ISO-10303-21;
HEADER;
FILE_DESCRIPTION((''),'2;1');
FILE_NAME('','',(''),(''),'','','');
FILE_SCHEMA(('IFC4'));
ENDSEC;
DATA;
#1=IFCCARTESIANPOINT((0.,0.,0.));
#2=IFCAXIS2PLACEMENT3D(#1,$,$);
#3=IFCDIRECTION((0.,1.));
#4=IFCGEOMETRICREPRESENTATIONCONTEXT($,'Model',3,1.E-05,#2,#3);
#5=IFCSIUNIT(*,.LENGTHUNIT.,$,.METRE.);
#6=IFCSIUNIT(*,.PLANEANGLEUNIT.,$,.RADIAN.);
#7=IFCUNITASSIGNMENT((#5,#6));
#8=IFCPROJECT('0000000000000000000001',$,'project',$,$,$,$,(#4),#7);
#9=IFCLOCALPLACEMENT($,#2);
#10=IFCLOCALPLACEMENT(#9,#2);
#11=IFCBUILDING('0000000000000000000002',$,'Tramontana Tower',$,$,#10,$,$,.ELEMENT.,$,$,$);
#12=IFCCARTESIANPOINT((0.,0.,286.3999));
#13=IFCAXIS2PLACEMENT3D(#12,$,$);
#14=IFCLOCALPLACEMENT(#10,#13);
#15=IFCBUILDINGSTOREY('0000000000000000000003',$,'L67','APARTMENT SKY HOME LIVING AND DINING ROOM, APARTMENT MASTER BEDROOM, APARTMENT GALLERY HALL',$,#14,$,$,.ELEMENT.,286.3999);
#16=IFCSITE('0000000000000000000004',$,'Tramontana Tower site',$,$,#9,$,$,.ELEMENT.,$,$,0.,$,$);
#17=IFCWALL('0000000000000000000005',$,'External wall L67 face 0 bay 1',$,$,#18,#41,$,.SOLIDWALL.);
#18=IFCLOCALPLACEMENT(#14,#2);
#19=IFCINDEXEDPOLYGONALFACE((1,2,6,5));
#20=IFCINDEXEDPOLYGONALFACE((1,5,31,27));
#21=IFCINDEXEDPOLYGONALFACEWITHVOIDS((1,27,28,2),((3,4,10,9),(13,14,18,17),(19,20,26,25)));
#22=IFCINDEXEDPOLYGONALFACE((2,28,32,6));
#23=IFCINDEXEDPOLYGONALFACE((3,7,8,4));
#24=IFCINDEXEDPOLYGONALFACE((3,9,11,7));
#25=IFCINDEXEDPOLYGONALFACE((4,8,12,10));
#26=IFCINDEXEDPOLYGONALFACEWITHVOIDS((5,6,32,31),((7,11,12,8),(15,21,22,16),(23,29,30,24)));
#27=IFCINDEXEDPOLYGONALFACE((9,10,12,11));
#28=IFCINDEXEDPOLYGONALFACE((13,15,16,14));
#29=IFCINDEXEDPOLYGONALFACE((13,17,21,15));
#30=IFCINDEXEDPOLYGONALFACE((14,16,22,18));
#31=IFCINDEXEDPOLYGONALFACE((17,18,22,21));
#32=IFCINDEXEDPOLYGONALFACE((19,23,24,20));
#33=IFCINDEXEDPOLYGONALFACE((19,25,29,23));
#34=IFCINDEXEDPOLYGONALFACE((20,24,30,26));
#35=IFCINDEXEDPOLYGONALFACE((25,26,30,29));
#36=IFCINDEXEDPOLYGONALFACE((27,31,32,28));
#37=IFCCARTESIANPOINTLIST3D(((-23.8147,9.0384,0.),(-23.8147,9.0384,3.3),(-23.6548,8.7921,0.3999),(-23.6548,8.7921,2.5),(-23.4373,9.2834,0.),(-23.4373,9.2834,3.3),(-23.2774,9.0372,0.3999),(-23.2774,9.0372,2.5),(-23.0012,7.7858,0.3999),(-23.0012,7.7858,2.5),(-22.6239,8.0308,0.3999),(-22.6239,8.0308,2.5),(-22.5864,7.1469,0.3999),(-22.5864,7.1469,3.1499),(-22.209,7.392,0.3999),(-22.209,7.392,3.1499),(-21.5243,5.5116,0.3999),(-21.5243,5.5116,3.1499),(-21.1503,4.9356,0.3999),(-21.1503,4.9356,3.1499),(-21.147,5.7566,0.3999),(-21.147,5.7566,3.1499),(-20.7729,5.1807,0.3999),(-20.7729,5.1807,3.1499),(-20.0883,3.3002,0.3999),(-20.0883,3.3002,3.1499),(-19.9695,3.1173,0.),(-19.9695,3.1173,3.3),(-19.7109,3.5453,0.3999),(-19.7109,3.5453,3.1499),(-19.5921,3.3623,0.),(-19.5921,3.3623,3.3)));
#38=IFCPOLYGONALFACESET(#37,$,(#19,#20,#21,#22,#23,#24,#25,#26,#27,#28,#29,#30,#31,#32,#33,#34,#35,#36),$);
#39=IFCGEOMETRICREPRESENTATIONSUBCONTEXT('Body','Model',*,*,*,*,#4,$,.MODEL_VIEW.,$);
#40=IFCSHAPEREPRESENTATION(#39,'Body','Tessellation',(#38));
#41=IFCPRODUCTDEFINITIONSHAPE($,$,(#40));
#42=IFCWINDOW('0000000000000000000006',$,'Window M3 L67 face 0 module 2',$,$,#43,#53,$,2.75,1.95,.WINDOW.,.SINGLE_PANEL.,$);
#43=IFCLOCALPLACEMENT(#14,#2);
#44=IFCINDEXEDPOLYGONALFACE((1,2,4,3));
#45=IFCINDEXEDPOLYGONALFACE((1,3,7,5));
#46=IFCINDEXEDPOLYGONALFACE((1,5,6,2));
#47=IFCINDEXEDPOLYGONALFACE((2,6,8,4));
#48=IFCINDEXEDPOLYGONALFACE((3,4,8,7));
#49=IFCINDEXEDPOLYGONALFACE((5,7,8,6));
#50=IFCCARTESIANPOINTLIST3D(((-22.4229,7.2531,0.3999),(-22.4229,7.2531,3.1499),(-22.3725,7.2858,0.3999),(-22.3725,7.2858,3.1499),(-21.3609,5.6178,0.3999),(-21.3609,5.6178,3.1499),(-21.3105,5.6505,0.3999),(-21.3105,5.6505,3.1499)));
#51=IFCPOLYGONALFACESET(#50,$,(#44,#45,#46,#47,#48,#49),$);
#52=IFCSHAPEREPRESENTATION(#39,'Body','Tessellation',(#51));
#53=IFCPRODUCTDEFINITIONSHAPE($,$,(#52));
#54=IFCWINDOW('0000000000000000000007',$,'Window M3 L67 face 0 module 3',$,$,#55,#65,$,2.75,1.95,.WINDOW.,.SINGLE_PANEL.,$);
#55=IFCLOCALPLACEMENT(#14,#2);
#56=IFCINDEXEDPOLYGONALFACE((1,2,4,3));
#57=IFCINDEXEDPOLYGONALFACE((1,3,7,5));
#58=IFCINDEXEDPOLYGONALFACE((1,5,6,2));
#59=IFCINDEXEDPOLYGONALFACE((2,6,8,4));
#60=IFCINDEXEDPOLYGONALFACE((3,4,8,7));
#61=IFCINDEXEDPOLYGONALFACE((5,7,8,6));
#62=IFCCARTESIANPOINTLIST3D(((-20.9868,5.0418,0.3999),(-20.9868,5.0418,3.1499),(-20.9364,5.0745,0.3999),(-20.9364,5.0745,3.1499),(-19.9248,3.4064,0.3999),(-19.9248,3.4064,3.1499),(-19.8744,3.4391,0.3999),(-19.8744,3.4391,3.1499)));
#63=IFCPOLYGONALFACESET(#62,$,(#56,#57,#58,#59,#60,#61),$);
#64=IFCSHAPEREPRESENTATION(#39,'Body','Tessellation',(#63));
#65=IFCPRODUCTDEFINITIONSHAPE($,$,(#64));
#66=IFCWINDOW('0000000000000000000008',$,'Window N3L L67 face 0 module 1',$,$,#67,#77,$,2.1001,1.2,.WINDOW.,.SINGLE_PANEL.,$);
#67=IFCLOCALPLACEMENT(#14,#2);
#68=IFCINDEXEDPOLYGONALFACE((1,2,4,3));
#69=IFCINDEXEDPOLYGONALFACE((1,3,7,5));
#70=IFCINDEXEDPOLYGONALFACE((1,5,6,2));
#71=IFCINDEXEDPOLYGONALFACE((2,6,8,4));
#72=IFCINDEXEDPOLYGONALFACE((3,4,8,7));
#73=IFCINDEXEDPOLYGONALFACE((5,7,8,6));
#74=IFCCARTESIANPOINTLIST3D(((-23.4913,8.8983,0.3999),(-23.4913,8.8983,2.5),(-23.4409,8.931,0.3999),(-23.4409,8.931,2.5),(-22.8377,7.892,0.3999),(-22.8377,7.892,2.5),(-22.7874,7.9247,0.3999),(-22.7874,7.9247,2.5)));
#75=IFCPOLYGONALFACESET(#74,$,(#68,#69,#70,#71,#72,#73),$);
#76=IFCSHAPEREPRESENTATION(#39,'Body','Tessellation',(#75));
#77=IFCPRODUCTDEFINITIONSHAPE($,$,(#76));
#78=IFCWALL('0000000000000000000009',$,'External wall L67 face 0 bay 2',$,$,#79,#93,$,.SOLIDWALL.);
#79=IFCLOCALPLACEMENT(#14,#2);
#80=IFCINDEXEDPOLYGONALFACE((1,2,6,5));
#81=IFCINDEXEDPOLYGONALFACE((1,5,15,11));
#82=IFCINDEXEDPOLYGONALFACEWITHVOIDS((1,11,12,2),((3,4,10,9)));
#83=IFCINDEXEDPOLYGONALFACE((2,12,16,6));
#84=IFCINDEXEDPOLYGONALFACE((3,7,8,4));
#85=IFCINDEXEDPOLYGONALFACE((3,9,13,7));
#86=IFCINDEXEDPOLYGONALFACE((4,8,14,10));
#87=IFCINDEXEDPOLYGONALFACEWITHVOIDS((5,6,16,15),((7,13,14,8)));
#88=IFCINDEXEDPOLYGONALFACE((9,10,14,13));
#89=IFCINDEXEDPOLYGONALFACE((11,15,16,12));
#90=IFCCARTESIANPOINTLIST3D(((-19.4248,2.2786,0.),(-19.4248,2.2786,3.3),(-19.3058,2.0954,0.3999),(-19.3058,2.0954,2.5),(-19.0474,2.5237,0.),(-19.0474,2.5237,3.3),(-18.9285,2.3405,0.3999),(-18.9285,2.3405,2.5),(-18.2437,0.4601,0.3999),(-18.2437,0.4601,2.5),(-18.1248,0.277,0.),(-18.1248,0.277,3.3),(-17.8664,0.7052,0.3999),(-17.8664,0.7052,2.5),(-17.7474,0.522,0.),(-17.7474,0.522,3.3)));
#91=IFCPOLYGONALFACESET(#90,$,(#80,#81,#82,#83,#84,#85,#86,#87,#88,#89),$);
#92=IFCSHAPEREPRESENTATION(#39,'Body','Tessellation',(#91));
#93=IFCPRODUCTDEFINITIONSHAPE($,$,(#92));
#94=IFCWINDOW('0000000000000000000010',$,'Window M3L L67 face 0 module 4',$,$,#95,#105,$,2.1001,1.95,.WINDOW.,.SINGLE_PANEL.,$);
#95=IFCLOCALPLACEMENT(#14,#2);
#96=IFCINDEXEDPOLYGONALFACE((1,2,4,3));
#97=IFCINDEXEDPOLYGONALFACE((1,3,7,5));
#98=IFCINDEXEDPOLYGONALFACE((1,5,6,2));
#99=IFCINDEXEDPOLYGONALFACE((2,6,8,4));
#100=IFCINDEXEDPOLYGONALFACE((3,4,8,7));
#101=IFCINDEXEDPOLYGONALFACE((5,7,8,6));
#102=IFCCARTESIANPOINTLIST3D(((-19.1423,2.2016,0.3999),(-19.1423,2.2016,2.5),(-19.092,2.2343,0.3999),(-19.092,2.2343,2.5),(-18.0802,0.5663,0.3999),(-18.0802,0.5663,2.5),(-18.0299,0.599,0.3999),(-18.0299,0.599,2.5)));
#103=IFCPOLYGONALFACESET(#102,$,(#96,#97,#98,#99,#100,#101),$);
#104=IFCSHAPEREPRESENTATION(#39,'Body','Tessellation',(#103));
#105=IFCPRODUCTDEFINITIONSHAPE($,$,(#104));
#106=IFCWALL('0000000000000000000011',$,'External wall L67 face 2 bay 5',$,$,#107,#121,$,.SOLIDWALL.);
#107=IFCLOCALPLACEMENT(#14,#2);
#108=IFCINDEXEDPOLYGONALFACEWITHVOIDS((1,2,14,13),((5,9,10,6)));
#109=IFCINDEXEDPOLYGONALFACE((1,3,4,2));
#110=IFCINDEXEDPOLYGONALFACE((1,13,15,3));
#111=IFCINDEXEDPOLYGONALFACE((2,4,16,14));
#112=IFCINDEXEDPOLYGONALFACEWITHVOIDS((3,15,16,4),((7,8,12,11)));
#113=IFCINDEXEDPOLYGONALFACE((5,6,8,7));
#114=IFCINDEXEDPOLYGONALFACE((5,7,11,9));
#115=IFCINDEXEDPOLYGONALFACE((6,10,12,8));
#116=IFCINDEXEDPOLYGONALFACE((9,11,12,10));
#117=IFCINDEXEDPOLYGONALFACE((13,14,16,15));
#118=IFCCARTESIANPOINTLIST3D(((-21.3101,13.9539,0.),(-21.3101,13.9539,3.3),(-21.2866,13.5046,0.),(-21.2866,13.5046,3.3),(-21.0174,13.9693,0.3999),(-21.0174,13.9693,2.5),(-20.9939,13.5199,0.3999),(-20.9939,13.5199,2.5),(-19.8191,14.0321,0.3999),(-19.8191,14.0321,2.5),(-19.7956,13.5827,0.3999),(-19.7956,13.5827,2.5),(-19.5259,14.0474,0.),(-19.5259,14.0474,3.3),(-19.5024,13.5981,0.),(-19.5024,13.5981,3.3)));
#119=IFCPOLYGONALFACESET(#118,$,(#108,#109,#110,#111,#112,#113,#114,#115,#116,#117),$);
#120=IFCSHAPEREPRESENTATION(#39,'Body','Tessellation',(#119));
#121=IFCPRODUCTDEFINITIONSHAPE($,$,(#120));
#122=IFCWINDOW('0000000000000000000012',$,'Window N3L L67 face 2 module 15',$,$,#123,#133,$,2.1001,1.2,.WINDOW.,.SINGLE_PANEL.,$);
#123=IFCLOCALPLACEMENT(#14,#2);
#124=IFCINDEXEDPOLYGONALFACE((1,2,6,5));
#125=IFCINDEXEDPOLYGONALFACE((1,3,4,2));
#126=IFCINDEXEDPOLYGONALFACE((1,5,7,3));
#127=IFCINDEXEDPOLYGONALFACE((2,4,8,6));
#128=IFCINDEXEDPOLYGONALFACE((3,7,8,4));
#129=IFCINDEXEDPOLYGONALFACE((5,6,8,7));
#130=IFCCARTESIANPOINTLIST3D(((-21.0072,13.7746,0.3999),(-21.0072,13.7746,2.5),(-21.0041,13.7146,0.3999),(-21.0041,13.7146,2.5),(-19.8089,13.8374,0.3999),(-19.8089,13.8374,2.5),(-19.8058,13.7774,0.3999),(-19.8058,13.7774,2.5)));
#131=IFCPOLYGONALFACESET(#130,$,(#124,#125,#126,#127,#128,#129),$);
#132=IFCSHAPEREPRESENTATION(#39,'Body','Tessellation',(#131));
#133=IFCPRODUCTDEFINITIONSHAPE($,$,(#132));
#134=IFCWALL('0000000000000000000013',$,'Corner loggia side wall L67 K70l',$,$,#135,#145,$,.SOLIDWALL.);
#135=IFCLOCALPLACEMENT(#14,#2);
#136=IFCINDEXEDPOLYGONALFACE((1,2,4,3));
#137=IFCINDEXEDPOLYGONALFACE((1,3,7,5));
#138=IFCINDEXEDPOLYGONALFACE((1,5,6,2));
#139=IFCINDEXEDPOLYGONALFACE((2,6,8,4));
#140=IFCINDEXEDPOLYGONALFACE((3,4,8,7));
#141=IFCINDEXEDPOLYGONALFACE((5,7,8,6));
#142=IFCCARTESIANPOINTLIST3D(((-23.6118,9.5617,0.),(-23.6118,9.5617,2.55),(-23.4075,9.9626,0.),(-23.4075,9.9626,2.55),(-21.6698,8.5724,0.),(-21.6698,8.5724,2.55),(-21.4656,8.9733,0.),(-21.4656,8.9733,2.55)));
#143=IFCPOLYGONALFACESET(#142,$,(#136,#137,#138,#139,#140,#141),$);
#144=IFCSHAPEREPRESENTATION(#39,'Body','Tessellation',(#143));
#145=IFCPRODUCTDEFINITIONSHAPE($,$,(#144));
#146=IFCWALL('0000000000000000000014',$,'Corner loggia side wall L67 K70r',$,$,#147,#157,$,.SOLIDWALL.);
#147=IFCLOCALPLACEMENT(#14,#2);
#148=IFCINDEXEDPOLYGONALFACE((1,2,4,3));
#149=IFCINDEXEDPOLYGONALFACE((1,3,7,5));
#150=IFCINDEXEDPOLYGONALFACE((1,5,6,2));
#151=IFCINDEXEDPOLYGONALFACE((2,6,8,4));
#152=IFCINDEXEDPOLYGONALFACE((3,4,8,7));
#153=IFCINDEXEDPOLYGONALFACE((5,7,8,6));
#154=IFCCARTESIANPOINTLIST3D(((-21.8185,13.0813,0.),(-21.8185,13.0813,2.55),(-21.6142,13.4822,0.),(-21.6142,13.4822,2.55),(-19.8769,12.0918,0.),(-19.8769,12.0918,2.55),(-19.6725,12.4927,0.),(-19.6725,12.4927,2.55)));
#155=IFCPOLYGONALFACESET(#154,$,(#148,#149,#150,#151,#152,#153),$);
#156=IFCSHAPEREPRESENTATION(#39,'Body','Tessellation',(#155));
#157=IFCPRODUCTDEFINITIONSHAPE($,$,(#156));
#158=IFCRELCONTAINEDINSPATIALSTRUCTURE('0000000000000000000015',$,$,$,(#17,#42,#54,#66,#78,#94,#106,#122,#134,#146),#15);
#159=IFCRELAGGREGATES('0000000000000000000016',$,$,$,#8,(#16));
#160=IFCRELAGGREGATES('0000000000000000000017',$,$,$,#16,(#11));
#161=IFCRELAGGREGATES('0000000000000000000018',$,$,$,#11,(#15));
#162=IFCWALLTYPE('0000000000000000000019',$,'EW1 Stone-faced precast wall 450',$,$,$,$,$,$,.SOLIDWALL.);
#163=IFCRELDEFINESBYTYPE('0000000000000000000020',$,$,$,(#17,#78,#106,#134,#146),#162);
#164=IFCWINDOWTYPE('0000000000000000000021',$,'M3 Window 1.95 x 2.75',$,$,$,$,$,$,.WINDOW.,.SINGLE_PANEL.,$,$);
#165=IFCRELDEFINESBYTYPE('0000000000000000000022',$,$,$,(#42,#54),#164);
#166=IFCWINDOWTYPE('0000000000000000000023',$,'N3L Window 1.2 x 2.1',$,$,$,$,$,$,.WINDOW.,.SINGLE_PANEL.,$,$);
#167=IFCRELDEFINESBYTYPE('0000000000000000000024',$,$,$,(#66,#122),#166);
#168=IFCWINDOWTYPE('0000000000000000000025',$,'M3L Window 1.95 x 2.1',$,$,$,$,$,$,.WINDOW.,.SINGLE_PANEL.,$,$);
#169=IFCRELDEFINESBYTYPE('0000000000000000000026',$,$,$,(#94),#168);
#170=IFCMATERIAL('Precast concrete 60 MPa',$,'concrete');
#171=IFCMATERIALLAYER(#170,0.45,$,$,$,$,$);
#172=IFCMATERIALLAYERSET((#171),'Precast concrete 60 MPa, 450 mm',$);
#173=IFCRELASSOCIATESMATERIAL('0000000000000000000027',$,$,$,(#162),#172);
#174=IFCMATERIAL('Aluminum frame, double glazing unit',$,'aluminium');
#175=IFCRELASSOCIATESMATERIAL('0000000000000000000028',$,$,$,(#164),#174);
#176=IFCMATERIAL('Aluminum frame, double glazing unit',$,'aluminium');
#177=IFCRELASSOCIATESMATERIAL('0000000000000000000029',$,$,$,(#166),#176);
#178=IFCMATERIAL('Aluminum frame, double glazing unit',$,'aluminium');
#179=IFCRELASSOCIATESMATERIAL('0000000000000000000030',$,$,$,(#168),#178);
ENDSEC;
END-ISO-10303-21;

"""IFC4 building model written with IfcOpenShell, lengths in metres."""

from ifc_helpers import new_model, si_unit, direction, frame, frame_2d, origin, place, context, subcontext, project, spatial, rectangle, extrude, material, layer, layer_set, type_object, element, fill, save


model = new_model("IFC4")

# Units and contexts
model_context = context("Model", 3, precision=1e-05, world=origin(), true_north=direction((0.0, 1.0)))
body_context = subcontext(model_context, "Body", "Model", "MODEL_VIEW")
ifc_project = project(units=[si_unit("LENGTHUNIT", "METRE"), si_unit("PLANEANGLEUNIT", "RADIAN")], contexts=[model_context])

# Site, building, storey
site_placement = place(None, origin())
site = spatial("IfcSite", under=ifc_project, at=site_placement, Name="Tramontana Tower site", CompositionType="ELEMENT", RefElevation=0.0)
building_placement = place(site_placement, origin())
building = spatial("IfcBuilding", under=site, at=building_placement, Name="Tramontana Tower", CompositionType="ELEMENT")
storey_placement = place(building_placement, frame((0.0, 0.0, 286.3999)))
storey = spatial("IfcBuildingStorey", under=building, at=storey_placement, Name="L67", Description="APARTMENT SKY HOME LIVING AND DINING ROOM, APARTMENT MASTER BEDROOM, APARTMENT GALLERY HALL", CompositionType="ELEMENT", Elevation=286.3999)

# Wall, openings, windows
ifc_material_1 = material(Name="Precast concrete 60 MPa", Category="concrete")
ifc_layer_1 = layer(ifc_material_1, 0.45)
ifc_layer_set_1 = layer_set([ifc_layer_1], Name="Precast concrete 60 MPa, 450 mm")
wall_type_1 = type_object("IfcWallType", Name="EW1 Stone-faced precast wall 450", PredefinedType="SOLIDWALL", material=ifc_layer_set_1)
wall_1_placement = place(storey_placement, frame((-23.626, 9.1609, 0.0), z_axis=(0.0, 0.0, 1.0), x_axis=(0.544637, -0.838672, 0.0)))
wall_1 = element("IfcWall", 1, at=wall_1_placement, inside=storey, type_object=wall_type_1, Name="External wall L67 face 0 bay 1", PredefinedType="SOLIDWALL", context=body_context, shape_type="SweptSolid", body=[
    extrude(rectangle(XDim=7.0601, YDim=0.45, at=frame_2d((3.53, 0.0))), origin(), (0.0, 0.0, 1.0), 3.3),
])
opening_1_placement = place(wall_1_placement, frame((0.2935, 0.0, 0.3999)))
opening_1 = element("IfcOpeningElement", 2, at=opening_1_placement, cuts=wall_1, PredefinedType="OPENING", context=body_context, shape_type="SweptSolid", body=[
    extrude(rectangle(XDim=1.2, YDim=2.1001, at=frame_2d((0.6001, 1.05))), frame((0.0, 0.2349, 0.0), z_axis=(0.0, -1.0, 0.0), x_axis=(1.0, 0.0, 0.0)), (0.0, 0.0, 1.0), 0.47),
])
opening_2_placement = place(wall_1_placement, frame((2.2551, 0.0, 0.3999)))
opening_2 = element("IfcOpeningElement", 3, at=opening_2_placement, cuts=wall_1, PredefinedType="OPENING", context=body_context, shape_type="SweptSolid", body=[
    extrude(rectangle(XDim=1.95, YDim=2.75, at=frame_2d((0.9751, 1.375))), frame((0.0, 0.2349, 0.0), z_axis=(0.0, -1.0, 0.0), x_axis=(1.0, 0.0, 0.0)), (0.0, 0.0, 1.0), 0.47),
])
opening_3_placement = place(wall_1_placement, frame((4.8918, 0.0, 0.3999)))
opening_3 = element("IfcOpeningElement", 4, at=opening_3_placement, cuts=wall_1, PredefinedType="OPENING", context=body_context, shape_type="SweptSolid", body=[
    extrude(rectangle(XDim=1.95, YDim=2.75, at=frame_2d((0.9751, 1.375))), frame((0.0, 0.2349, 0.0), z_axis=(0.0, -1.0, 0.0), x_axis=(1.0, 0.0, 0.0)), (0.0, 0.0, 1.0), 0.47),
])
ifc_material_2 = material(Name="Aluminum frame, double glazing unit", Category="aluminium")
window_type_1 = type_object("IfcWindowType", Name="M3 Window 1.95 x 2.75", PartitioningType="SINGLE_PANEL", PredefinedType="WINDOW", material=ifc_material_2)
window_1_placement = place(opening_2_placement, origin())
window_1 = element("IfcWindow", 5, at=window_1_placement, inside=storey, type_object=window_type_1, Name="Window M3 L67 face 0 module 2", OverallHeight=2.75, OverallWidth=1.95, PartitioningType="SINGLE_PANEL", PredefinedType="WINDOW", context=body_context, shape_type="SweptSolid", body=[
    extrude(rectangle(XDim=1.95, YDim=2.75, at=frame_2d((0.9751, 1.375))), frame((0.0, 0.03, 0.0), z_axis=(0.0, -1.0, 0.0), x_axis=(1.0, 0.0, 0.0)), (0.0, 0.0, 1.0), 0.0601),
])
fill(opening_2, window_1)
window_2_placement = place(opening_3_placement, origin())
window_2 = element("IfcWindow", 6, at=window_2_placement, inside=storey, type_object=window_type_1, Name="Window M3 L67 face 0 module 3", OverallHeight=2.75, OverallWidth=1.95, PartitioningType="SINGLE_PANEL", PredefinedType="WINDOW", context=body_context, shape_type="SweptSolid", body=[
    extrude(rectangle(XDim=1.95, YDim=2.75, at=frame_2d((0.9751, 1.375))), frame((0.0, 0.03, 0.0), z_axis=(0.0, -1.0, 0.0), x_axis=(1.0, 0.0, 0.0)), (0.0, 0.0, 1.0), 0.0601),
])
fill(opening_3, window_2)
ifc_material_3 = material(Name="Aluminum frame, double glazing unit", Category="aluminium")
window_type_2 = type_object("IfcWindowType", Name="N3L Window 1.2 x 2.1", PartitioningType="SINGLE_PANEL", PredefinedType="WINDOW", material=ifc_material_3)
window_3_placement = place(opening_1_placement, origin())
window_3 = element("IfcWindow", 7, at=window_3_placement, inside=storey, type_object=window_type_2, Name="Window N3L L67 face 0 module 1", OverallHeight=2.1001, OverallWidth=1.2, PartitioningType="SINGLE_PANEL", PredefinedType="WINDOW", context=body_context, shape_type="SweptSolid", body=[
    extrude(rectangle(XDim=1.2, YDim=2.1001, at=frame_2d((0.6001, 1.05))), frame((0.0, 0.03, 0.0), z_axis=(0.0, -1.0, 0.0), x_axis=(1.0, 0.0, 0.0)), (0.0, 0.0, 1.0), 0.0601),
])
fill(opening_1, window_3)

# Walls, openings, windows
wall_2_placement = place(storey_placement, frame((-19.2361, 2.4011, 0.0), z_axis=(0.0, 0.0, 1.0), x_axis=(0.544676, -0.838647, 0.0)))
wall_2 = element("IfcWall", 8, at=wall_2_placement, inside=storey, type_object=wall_type_1, Name="External wall L67 face 0 bay 2", PredefinedType="SOLIDWALL", context=body_context, shape_type="SweptSolid", body=[
    extrude(rectangle(XDim=2.3867, YDim=0.45, at=frame_2d((1.1934, 0.0))), origin(), (0.0, 0.0, 1.0), 3.3),
])
opening_4_placement = place(wall_2_placement, frame((0.2183, 0.0, 0.3999)))
opening_4 = element("IfcOpeningElement", 9, at=opening_4_placement, cuts=wall_2, PredefinedType="OPENING", context=body_context, shape_type="SweptSolid", body=[
    extrude(rectangle(XDim=1.95, YDim=2.1001, at=frame_2d((0.9751, 1.05))), frame((0.0, 0.2349, 0.0), z_axis=(0.0, -1.0, 0.0), x_axis=(1.0, 0.0, 0.0)), (0.0, 0.0, 1.0), 0.47),
])
ifc_material_4 = material(Name="Aluminum frame, double glazing unit", Category="aluminium")
window_type_3 = type_object("IfcWindowType", Name="M3L Window 1.95 x 2.1", PartitioningType="SINGLE_PANEL", PredefinedType="WINDOW", material=ifc_material_4)
window_4_placement = place(opening_4_placement, origin())
window_4 = element("IfcWindow", 10, at=window_4_placement, inside=storey, type_object=window_type_3, Name="Window M3L L67 face 0 module 4", OverallHeight=2.1001, OverallWidth=1.95, PartitioningType="SINGLE_PANEL", PredefinedType="WINDOW", context=body_context, shape_type="SweptSolid", body=[
    extrude(rectangle(XDim=1.95, YDim=2.1001, at=frame_2d((0.9751, 1.05))), frame((0.0, 0.03, 0.0), z_axis=(0.0, -1.0, 0.0), x_axis=(1.0, 0.0, 0.0)), (0.0, 0.0, 1.0), 0.0601),
])
fill(opening_4, window_4)
wall_3_placement = place(storey_placement, frame((-19.5142, 13.8228, 0.0), z_axis=(0.0, 0.0, 1.0), x_axis=(-0.99863, -0.052336, 0.0)))
wall_3 = element("IfcWall", 11, at=wall_3_placement, inside=storey, type_object=wall_type_1, Name="External wall L67 face 2 bay 5", PredefinedType="SOLIDWALL", context=body_context, shape_type="SweptSolid", body=[
    extrude(rectangle(XDim=1.7866, YDim=0.45, at=frame_2d((0.8933, 0.0))), origin(), (0.0, 0.0, 1.0), 3.3),
])
opening_5_placement = place(wall_3_placement, frame((0.2935, 0.0, 0.3999)))
opening_5 = element("IfcOpeningElement", 12, at=opening_5_placement, cuts=wall_3, PredefinedType="OPENING", context=body_context, shape_type="SweptSolid", body=[
    extrude(rectangle(XDim=1.2, YDim=2.1001, at=frame_2d((0.6001, 1.05))), frame((0.0, 0.2349, 0.0), z_axis=(0.0, -1.0, 0.0), x_axis=(1.0, 0.0, 0.0)), (0.0, 0.0, 1.0), 0.47),
])
window_5_placement = place(opening_5_placement, origin())
window_5 = element("IfcWindow", 13, at=window_5_placement, inside=storey, type_object=window_type_2, Name="Window N3L L67 face 2 module 15", OverallHeight=2.1001, OverallWidth=1.2, PartitioningType="SINGLE_PANEL", PredefinedType="WINDOW", context=body_context, shape_type="SweptSolid", body=[
    extrude(rectangle(XDim=1.2, YDim=2.1001, at=frame_2d((0.6001, 1.05))), frame((0.0, 0.03, 0.0), z_axis=(0.0, -1.0, 0.0), x_axis=(1.0, 0.0, 0.0)), (0.0, 0.0, 1.0), 0.0601),
])
fill(opening_5, window_5)

# Walls
wall_4_placement = place(storey_placement, frame((-23.5098, 9.7622, 0.0), z_axis=(0.0, 0.0, 1.0), x_axis=(0.891041, -0.453922, 0.0)))
element("IfcWall", 14, at=wall_4_placement, inside=storey, type_object=wall_type_1, Name="Corner loggia side wall L67 K70l", PredefinedType="SOLIDWALL", context=body_context, shape_type="SweptSolid", body=[
    extrude(rectangle(XDim=2.1794, YDim=0.45, at=frame_2d((1.0898, 0.0))), origin(), (0.0, 0.0, 1.0), 2.55),
])
wall_5_placement = place(storey_placement, frame((-21.7163, 13.2817, 0.0), z_axis=(0.0, 0.0, 1.0), x_axis=(0.890973, -0.454057, 0.0)))
element("IfcWall", 15, at=wall_5_placement, inside=storey, type_object=wall_type_1, Name="Corner loggia side wall L67 K70r", PredefinedType="SOLIDWALL", context=body_context, shape_type="SweptSolid", body=[
    extrude(rectangle(XDim=2.1792, YDim=0.45, at=frame_2d((1.0896, 0.0))), origin(), (0.0, 0.0, 1.0), 2.55),
])

save(model, "model.ifc")
